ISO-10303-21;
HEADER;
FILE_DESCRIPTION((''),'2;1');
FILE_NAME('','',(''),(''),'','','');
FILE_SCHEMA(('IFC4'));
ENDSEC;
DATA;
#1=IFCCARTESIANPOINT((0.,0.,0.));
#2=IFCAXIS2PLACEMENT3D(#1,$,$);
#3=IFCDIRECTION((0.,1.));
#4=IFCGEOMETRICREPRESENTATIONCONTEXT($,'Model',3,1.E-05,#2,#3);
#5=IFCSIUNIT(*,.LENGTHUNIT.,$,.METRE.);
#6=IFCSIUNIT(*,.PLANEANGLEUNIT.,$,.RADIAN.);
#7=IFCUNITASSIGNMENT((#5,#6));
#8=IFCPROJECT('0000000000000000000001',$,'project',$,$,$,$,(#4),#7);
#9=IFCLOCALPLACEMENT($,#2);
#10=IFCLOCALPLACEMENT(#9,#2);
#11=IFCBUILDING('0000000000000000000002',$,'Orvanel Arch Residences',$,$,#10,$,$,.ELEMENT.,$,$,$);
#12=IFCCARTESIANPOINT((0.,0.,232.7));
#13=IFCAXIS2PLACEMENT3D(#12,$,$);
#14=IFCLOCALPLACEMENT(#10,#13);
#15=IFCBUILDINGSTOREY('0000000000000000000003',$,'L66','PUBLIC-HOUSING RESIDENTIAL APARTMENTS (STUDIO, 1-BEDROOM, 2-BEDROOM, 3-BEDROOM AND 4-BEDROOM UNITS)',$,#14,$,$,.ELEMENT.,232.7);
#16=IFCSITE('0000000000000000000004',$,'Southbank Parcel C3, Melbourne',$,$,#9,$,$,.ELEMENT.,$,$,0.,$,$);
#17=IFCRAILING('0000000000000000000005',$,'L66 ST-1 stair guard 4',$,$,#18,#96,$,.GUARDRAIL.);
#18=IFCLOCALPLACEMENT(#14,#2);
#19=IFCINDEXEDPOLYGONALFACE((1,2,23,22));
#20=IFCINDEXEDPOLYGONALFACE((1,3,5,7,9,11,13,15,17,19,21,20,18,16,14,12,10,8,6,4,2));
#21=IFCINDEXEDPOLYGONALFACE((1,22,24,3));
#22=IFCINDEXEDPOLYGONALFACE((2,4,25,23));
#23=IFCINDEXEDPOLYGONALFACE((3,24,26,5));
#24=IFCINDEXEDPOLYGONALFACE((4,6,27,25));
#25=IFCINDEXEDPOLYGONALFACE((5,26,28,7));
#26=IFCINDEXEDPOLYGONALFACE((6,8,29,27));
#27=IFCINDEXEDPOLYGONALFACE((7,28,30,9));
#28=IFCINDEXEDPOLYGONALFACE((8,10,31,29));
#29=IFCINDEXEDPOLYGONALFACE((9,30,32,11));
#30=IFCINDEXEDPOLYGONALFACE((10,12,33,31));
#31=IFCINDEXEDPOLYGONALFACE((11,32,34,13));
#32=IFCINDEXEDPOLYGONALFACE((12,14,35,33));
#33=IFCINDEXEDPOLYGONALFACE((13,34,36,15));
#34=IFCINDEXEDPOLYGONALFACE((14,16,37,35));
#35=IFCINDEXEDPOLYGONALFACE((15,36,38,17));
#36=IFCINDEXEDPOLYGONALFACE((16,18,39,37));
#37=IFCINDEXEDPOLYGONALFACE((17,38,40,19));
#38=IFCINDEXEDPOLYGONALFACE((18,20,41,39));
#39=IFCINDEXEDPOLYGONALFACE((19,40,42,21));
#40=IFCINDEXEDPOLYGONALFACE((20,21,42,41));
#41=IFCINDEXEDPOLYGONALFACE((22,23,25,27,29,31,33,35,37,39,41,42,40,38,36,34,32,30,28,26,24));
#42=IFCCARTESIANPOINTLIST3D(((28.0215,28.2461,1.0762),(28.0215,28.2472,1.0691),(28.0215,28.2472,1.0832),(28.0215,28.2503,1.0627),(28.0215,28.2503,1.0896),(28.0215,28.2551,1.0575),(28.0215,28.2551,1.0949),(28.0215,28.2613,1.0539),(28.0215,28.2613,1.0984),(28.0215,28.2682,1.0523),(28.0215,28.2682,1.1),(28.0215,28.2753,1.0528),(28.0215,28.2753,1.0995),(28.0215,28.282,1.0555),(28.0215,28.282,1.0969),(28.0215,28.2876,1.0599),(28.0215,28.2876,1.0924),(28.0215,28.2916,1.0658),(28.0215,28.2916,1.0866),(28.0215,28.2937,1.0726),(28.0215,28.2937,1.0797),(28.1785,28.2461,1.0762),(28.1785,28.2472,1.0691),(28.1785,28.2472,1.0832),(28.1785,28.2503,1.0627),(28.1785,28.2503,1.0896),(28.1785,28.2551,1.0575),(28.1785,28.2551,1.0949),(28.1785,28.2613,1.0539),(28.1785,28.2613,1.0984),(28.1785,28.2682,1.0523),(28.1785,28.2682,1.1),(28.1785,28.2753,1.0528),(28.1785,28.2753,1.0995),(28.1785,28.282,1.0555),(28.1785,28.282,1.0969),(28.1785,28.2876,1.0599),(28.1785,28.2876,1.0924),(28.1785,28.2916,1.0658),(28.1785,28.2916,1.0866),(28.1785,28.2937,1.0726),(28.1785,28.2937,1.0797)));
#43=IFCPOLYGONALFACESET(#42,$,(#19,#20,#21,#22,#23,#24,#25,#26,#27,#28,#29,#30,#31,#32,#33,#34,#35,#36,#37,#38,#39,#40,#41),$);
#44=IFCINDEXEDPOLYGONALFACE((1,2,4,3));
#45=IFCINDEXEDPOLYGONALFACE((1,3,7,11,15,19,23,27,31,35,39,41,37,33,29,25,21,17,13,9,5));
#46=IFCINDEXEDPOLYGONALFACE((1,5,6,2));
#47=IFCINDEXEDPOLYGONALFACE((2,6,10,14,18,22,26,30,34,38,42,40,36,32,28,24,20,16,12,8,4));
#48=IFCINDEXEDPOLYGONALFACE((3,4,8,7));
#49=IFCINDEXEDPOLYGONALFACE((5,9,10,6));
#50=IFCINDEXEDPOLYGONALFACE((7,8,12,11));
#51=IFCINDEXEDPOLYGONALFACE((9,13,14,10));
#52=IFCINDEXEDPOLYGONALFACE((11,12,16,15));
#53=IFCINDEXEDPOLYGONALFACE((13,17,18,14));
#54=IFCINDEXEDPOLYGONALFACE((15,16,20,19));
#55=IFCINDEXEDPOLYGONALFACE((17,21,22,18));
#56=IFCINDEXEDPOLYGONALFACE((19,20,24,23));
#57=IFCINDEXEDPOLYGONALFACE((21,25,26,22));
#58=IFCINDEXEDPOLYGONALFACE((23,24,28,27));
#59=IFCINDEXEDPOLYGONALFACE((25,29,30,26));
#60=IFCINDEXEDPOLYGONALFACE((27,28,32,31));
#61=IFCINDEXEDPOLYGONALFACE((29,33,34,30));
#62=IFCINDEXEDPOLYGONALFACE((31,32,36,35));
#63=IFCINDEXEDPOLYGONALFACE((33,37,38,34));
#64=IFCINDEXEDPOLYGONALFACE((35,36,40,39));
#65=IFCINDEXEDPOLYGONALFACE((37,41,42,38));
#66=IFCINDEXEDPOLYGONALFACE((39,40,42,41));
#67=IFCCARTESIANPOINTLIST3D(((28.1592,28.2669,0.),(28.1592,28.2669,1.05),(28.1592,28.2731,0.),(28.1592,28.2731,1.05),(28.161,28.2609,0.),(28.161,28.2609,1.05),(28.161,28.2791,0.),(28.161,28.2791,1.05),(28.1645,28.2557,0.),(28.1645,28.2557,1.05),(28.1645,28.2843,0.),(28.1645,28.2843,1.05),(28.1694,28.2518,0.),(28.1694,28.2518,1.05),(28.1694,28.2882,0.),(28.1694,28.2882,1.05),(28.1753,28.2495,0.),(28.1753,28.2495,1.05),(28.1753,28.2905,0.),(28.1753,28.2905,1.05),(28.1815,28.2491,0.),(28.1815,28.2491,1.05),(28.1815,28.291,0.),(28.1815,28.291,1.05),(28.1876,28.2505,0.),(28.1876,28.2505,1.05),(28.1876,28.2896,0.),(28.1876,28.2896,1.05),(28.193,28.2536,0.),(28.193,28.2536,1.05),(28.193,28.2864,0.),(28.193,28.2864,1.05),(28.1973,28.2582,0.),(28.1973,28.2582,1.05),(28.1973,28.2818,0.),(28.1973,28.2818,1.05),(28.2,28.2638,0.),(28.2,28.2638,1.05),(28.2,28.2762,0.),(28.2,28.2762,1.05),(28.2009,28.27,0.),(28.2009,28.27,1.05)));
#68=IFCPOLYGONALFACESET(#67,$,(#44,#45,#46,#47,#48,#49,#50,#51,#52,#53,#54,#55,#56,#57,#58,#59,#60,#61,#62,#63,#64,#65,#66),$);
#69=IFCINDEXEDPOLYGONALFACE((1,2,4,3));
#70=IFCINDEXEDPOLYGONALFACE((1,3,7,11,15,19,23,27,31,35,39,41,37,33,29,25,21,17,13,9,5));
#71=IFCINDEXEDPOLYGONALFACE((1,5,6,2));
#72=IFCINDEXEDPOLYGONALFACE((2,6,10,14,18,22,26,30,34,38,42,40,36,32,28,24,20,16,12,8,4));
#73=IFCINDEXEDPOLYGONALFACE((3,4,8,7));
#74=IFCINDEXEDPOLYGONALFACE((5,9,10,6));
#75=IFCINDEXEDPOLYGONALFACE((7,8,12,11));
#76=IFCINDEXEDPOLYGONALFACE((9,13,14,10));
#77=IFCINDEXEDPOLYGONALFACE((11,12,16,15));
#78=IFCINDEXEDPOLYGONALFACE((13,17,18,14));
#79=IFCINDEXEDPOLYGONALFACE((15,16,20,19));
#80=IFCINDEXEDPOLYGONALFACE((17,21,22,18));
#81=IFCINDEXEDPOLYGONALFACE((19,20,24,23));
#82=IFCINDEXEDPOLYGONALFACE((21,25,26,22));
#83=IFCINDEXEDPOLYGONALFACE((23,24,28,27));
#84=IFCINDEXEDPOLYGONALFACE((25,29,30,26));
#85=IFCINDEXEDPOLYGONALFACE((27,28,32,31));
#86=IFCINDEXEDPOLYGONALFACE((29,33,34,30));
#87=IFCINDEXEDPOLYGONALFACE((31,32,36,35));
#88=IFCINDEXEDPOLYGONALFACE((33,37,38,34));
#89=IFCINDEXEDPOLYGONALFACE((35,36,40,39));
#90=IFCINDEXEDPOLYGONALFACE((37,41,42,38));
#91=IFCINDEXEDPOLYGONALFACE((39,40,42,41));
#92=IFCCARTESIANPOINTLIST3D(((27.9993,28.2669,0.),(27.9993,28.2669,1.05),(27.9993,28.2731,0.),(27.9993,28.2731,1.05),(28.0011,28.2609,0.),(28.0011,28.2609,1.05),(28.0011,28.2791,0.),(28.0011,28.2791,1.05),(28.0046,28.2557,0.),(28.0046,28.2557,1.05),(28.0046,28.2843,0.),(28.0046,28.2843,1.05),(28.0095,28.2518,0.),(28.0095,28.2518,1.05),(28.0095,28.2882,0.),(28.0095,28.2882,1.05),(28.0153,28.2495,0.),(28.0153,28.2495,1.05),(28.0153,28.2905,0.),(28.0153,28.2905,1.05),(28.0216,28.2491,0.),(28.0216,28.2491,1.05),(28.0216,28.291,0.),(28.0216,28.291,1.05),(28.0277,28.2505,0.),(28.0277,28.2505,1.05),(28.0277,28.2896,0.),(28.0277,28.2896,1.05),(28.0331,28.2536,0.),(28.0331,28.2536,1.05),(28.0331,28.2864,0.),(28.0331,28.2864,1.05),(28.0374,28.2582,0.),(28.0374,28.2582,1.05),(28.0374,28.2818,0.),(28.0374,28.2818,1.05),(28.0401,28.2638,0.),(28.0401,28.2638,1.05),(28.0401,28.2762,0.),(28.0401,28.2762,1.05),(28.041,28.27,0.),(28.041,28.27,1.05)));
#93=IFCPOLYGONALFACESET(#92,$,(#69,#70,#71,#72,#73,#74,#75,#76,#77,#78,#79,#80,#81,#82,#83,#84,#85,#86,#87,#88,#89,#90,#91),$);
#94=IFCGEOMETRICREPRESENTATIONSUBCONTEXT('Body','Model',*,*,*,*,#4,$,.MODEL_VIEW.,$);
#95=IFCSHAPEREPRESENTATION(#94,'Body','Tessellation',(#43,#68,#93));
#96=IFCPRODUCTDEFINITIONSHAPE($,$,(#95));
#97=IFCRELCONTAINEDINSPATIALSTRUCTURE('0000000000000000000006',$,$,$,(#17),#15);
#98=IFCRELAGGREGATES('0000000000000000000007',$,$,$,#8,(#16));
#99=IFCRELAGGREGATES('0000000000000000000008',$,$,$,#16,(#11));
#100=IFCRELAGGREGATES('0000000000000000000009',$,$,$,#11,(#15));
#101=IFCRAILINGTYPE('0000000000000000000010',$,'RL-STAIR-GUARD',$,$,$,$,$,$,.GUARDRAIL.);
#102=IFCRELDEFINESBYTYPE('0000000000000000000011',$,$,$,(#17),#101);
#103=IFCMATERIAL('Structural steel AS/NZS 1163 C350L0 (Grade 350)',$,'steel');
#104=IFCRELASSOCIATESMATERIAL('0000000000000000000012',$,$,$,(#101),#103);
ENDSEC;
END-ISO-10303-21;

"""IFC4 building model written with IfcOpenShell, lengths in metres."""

from ifc_helpers import new_model, si_unit, direction, frame, origin, origin_2d, place, context, subcontext, project, spatial, circle, extrude, material, type_object, element, save


model = new_model("IFC4")

# Units and contexts
model_context = context("Model", 3, precision=1e-05, world=origin(), true_north=direction((0.0, 1.0)))
body_context = subcontext(model_context, "Body", "Model", "MODEL_VIEW")
ifc_project = project(units=[si_unit("LENGTHUNIT", "METRE"), si_unit("PLANEANGLEUNIT", "RADIAN")], contexts=[model_context])

# Site, building, storey
site_placement = place(None, origin())
site = spatial("IfcSite", under=ifc_project, at=site_placement, Name="Southbank Parcel C3, Melbourne", CompositionType="ELEMENT", RefElevation=0.0)
building_placement = place(site_placement, origin())
building = spatial("IfcBuilding", under=site, at=building_placement, Name="Orvanel Arch Residences", CompositionType="ELEMENT")
storey_placement = place(building_placement, frame((0.0, 0.0, 232.7)))
storey = spatial("IfcBuildingStorey", under=building, at=storey_placement, Name="L66", Description="PUBLIC-HOUSING RESIDENTIAL APARTMENTS (STUDIO, 1-BEDROOM, 2-BEDROOM, 3-BEDROOM AND 4-BEDROOM UNITS)", CompositionType="ELEMENT", Elevation=232.7)

# Railing
ifc_material_1 = material(Name="Structural steel AS/NZS 1163 C350L0 (Grade 350)", Category="steel")
railing_type_1 = type_object("IfcRailingType", Name="RL-STAIR-GUARD", PredefinedType="GUARDRAIL", material=ifc_material_1)
railing_1_placement = place(storey_placement, frame((28.1799, 28.27, 0.0)))
element("IfcRailing", 1, at=railing_1_placement, inside=storey, type_object=railing_type_1, Name="L66 ST-1 stair guard 4", PredefinedType="GUARDRAIL", context=body_context, shape_type="SweptSolid", body=[
    extrude(circle(Radius=0.0239, at=origin_2d()), frame((-0.0015, 0.0, 1.0762), z_axis=(-1.0, 0.0, 0.0), x_axis=(0.0, -1.0, 0.0)), (0.0, 0.0, 1.0), 0.157),
    extrude(circle(Radius=0.021, at=origin_2d()), origin(), (0.0, 0.0, 1.0), 1.05),
    extrude(circle(Radius=0.021, at=origin_2d()), frame((-0.1599, 0.0, 0.0)), (0.0, 0.0, 1.0), 1.05),
])

save(model, "model.ifc")
